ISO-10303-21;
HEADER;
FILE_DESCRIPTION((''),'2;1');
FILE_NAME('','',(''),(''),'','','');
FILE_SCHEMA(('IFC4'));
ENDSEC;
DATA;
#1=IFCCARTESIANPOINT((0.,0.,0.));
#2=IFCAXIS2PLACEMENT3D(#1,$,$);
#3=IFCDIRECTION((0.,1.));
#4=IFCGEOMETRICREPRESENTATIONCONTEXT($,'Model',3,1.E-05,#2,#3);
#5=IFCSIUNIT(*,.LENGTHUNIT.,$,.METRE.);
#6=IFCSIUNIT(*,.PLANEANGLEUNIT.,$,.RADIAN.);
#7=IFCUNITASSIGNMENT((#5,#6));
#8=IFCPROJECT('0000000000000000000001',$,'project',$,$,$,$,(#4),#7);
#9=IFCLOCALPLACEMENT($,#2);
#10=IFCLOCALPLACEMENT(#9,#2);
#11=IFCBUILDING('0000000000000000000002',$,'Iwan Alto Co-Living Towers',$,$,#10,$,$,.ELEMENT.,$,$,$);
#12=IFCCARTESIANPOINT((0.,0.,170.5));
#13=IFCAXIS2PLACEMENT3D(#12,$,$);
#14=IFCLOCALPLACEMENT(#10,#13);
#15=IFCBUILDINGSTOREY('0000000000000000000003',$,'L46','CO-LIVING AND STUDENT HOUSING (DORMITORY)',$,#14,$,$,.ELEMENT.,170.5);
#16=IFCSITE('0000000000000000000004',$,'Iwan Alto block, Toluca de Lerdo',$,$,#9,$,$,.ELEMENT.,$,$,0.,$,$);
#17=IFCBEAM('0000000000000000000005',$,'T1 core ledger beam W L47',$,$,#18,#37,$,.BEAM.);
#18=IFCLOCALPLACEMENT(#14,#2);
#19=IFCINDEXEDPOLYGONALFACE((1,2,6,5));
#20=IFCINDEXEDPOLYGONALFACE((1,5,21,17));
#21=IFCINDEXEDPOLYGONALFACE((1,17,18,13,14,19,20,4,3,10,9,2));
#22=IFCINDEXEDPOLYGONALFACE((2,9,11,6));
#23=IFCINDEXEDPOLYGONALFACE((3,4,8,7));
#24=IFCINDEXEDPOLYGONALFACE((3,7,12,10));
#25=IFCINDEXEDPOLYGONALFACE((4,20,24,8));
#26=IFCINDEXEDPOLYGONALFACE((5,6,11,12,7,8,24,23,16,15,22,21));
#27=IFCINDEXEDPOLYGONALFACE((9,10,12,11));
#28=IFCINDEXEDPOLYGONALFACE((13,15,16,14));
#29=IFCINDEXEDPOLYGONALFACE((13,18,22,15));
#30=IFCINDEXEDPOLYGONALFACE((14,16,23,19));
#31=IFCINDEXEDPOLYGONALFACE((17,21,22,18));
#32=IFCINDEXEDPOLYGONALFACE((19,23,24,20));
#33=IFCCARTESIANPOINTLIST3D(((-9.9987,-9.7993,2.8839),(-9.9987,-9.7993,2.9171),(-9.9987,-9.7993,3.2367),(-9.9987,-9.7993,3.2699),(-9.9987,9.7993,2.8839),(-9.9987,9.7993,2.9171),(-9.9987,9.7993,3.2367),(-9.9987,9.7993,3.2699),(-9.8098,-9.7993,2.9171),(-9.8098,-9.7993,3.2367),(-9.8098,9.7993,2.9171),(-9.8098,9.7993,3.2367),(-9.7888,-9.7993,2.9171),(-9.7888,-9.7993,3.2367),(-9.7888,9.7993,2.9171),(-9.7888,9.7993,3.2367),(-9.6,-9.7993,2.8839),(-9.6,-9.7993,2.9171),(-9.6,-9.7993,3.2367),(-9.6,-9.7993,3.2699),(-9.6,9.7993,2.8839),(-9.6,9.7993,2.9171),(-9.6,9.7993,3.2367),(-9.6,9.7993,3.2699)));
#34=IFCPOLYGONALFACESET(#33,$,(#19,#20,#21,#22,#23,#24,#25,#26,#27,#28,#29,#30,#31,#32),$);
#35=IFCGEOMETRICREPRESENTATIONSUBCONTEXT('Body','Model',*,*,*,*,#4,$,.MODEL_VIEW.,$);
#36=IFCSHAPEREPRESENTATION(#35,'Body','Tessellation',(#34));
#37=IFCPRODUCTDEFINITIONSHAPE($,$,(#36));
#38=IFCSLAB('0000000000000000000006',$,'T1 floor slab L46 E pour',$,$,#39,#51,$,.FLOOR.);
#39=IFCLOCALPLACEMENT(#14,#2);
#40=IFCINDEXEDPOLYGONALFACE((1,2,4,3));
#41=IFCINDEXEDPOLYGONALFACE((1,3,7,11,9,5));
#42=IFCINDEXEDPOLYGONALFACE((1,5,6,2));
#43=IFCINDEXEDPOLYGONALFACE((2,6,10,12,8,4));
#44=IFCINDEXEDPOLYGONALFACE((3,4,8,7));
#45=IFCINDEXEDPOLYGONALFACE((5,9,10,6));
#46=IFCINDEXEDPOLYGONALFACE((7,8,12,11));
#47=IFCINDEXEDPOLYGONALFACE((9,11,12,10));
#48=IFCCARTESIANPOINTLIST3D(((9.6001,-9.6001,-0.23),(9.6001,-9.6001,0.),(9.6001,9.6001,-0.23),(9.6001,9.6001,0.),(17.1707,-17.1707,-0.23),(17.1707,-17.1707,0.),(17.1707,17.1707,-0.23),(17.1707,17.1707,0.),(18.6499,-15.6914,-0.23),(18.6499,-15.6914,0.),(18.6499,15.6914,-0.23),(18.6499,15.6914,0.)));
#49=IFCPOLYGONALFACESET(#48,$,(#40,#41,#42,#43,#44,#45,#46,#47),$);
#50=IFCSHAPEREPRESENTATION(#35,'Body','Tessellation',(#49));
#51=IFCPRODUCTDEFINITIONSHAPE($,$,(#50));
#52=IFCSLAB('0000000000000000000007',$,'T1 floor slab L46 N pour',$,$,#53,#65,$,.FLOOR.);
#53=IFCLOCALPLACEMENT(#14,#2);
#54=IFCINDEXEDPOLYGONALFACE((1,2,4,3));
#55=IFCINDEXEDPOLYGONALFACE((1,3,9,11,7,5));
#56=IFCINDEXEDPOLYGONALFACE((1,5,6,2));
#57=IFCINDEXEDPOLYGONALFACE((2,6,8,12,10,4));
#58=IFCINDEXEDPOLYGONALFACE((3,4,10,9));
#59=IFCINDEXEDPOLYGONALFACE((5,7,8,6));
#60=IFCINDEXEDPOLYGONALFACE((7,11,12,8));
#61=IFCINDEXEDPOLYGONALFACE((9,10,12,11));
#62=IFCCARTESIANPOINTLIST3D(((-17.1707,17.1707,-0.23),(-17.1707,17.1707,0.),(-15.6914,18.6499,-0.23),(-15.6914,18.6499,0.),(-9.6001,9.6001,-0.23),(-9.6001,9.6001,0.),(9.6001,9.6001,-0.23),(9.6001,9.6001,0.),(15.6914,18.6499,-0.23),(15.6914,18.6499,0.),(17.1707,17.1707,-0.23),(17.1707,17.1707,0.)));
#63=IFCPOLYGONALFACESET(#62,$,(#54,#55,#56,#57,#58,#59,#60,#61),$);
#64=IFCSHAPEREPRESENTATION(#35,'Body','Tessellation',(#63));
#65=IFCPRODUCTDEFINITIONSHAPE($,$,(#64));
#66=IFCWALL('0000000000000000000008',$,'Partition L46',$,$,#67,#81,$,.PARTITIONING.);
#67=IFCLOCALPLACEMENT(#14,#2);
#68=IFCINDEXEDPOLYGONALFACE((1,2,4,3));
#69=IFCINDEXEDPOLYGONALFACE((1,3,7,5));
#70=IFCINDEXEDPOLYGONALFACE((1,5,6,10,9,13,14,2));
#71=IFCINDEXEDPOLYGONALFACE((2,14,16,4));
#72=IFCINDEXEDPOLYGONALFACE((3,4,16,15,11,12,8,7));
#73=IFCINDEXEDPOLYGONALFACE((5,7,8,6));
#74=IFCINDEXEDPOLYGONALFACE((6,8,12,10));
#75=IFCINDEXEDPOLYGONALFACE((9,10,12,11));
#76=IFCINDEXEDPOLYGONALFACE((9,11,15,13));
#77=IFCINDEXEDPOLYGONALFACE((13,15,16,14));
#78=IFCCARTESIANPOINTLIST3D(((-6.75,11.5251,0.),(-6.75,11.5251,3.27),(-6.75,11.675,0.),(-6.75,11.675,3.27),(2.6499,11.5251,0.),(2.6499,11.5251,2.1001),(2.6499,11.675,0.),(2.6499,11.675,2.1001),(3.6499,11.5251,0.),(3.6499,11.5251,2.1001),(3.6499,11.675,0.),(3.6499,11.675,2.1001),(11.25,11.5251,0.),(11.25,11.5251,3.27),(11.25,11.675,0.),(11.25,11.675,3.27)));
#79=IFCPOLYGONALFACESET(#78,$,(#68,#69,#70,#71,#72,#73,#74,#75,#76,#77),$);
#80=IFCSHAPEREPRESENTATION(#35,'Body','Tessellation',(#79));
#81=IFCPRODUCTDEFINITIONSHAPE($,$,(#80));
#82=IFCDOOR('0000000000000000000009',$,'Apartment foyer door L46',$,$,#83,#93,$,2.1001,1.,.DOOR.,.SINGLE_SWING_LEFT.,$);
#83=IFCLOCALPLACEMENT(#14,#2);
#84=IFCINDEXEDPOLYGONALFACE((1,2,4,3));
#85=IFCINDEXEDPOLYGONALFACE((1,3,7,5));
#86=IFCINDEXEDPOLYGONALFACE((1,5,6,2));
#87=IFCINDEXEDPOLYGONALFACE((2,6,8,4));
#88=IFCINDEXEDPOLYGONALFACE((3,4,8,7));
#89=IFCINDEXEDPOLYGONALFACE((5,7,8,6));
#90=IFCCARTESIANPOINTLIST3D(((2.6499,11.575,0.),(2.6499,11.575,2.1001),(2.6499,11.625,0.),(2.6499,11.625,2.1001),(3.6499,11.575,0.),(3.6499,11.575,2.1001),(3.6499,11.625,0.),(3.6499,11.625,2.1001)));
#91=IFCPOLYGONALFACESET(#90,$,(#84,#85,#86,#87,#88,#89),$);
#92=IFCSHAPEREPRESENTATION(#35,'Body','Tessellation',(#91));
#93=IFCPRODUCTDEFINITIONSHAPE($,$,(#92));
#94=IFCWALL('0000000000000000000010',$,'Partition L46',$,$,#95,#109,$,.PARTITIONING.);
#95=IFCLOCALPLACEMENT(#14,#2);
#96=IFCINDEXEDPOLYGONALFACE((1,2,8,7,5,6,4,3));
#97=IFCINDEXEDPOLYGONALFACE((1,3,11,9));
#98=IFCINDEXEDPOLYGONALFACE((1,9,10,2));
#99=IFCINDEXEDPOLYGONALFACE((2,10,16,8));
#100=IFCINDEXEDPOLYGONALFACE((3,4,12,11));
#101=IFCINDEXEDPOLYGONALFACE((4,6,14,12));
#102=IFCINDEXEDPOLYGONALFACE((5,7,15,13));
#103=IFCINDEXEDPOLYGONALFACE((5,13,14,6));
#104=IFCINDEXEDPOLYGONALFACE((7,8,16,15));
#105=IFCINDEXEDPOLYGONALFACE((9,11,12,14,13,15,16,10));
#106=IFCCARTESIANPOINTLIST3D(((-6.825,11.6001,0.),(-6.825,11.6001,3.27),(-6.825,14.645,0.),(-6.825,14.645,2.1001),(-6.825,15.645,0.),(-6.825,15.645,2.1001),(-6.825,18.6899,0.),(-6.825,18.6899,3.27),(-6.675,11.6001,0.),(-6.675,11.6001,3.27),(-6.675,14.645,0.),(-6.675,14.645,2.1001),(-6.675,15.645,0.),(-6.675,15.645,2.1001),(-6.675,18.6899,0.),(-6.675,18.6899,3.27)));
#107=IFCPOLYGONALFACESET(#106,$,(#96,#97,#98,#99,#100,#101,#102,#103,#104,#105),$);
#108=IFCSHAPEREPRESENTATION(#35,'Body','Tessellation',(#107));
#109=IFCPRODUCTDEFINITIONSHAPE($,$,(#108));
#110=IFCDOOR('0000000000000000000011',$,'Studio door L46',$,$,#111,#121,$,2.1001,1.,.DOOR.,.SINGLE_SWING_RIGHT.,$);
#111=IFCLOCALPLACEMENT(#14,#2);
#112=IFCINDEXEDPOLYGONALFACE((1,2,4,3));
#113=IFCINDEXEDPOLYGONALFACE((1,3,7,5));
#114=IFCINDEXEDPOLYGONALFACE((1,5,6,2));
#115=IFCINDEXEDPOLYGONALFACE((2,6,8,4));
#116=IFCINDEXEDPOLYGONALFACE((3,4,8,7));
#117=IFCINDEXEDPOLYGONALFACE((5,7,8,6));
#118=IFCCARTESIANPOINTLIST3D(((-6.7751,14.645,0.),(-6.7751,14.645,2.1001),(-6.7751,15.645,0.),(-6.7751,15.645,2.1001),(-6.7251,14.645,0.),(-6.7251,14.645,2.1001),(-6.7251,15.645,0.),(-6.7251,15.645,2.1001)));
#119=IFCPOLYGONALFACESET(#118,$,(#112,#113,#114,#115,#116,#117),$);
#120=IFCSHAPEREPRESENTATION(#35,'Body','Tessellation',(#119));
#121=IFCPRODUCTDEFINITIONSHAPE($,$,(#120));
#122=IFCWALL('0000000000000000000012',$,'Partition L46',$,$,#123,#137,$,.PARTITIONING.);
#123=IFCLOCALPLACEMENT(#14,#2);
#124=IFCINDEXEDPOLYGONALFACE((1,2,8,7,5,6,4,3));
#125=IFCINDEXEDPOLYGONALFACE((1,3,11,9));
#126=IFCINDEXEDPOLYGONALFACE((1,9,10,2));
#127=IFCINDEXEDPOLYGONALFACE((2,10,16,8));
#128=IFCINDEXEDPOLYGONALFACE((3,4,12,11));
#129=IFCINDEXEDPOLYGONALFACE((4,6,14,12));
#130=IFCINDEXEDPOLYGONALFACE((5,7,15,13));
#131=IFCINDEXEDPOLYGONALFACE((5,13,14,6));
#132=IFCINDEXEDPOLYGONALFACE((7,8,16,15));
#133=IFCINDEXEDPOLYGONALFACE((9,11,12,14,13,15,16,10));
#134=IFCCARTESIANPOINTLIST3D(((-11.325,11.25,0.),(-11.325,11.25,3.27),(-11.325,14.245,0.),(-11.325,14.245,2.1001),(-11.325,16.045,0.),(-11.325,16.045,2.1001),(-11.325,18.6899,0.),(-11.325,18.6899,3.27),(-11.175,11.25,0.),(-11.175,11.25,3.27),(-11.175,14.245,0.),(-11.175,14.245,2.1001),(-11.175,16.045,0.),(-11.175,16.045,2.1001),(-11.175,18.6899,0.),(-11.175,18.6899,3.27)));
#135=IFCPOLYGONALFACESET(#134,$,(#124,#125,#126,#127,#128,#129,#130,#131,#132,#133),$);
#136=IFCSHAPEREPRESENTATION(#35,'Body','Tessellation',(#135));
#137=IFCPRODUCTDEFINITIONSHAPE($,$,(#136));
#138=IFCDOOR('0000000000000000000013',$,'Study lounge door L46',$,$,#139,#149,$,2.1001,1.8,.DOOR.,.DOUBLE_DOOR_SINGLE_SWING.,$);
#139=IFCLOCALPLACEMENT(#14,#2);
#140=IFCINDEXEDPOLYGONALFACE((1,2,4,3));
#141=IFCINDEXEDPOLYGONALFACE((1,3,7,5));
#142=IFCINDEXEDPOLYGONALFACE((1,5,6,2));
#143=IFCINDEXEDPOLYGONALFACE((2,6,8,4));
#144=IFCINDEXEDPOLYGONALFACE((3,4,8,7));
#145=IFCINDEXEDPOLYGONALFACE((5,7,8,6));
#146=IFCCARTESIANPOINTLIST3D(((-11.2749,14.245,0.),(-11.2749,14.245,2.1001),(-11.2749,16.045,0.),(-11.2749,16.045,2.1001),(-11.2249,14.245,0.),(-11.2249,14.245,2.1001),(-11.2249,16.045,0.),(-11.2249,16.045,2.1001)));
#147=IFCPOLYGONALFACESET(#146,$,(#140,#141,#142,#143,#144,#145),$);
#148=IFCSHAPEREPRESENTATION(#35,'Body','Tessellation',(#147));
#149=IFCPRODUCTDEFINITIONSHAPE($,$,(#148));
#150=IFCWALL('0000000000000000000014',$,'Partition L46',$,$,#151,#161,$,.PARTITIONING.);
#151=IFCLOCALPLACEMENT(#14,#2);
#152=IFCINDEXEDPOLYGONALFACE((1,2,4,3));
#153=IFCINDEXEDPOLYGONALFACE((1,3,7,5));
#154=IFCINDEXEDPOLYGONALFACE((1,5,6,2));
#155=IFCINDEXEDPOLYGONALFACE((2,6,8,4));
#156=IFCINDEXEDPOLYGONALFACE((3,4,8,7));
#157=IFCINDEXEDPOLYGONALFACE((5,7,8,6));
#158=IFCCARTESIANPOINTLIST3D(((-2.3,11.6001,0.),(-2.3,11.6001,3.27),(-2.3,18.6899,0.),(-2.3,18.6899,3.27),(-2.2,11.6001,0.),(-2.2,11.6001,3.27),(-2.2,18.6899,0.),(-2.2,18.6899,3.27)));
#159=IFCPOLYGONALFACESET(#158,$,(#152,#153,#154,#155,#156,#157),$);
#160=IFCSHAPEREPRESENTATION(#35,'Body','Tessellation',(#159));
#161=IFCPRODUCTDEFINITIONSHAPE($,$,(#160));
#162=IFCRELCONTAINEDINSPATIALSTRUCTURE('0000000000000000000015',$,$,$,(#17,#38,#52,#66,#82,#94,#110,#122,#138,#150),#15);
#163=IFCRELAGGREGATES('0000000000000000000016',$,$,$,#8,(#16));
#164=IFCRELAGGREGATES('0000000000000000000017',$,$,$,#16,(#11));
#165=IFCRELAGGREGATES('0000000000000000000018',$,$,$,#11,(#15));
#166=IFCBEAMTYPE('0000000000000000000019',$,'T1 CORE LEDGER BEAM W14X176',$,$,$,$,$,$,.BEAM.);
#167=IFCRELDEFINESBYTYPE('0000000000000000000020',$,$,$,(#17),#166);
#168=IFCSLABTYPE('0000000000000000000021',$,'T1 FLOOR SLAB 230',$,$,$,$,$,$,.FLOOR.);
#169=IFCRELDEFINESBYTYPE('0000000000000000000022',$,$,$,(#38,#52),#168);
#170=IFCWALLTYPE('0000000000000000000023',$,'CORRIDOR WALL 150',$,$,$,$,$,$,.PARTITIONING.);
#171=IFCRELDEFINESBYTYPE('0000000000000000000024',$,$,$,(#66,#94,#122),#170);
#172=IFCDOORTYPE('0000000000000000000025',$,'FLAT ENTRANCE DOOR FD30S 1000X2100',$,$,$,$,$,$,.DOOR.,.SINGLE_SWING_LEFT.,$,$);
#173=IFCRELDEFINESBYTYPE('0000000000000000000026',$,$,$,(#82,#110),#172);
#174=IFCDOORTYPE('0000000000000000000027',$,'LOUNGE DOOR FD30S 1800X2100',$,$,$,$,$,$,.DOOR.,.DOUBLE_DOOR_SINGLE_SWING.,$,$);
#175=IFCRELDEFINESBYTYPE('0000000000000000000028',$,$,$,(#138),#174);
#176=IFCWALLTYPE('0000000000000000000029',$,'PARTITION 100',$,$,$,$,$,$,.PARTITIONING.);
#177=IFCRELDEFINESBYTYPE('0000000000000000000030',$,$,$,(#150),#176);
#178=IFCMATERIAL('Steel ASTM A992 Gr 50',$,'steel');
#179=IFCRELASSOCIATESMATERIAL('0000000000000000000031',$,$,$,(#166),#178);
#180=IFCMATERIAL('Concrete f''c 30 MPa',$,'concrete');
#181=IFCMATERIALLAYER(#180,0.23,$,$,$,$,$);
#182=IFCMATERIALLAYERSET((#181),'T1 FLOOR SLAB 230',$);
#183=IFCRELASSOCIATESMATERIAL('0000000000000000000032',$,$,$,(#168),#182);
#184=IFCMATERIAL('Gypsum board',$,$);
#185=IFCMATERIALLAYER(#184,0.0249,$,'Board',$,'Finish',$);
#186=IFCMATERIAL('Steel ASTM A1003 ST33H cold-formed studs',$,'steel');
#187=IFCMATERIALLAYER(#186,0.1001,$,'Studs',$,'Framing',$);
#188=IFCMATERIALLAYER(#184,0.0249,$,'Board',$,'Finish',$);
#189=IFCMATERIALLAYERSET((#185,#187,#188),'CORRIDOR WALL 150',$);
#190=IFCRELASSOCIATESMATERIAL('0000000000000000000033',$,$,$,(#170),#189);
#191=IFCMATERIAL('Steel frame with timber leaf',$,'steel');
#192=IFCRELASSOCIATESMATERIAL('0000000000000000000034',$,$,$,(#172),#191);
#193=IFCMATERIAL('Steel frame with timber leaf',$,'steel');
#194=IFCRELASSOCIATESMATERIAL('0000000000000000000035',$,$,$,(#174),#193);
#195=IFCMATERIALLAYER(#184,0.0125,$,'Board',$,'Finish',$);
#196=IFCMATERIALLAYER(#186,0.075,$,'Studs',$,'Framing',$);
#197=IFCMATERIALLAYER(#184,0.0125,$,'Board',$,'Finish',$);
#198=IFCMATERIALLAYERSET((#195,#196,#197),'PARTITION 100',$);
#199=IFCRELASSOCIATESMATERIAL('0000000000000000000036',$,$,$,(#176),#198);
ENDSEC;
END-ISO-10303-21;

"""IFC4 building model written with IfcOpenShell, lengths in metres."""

from ifc_helpers import new_model, si_unit, direction, frame, frame_2d, origin, origin_2d, place, context, subcontext, project, spatial, polyline, rectangle, i_section, outline, extrude, material, layer, layer_set, material_profile, profile_set, type_object, element, fill, save


model = new_model("IFC4")

# Units and contexts
model_context = context("Model", 3, precision=1e-05, world=origin(), true_north=direction((0.0, 1.0)))
body_context = subcontext(model_context, "Body", "Model", "MODEL_VIEW")
ifc_project = project(units=[si_unit("LENGTHUNIT", "METRE"), si_unit("PLANEANGLEUNIT", "RADIAN")], contexts=[model_context])

# Site, building, storey
site_placement = place(None, origin())
site = spatial("IfcSite", under=ifc_project, at=site_placement, Name="Iwan Alto block, Toluca de Lerdo", CompositionType="ELEMENT", RefElevation=0.0)
building_placement = place(site_placement, origin())
building = spatial("IfcBuilding", under=site, at=building_placement, Name="Iwan Alto Co-Living Towers", CompositionType="ELEMENT")
storey_placement = place(building_placement, frame((0.0, 0.0, 170.5)))
storey = spatial("IfcBuildingStorey", under=building, at=storey_placement, Name="L46", Description="CO-LIVING AND STUDENT HOUSING (DORMITORY)", CompositionType="ELEMENT", Elevation=170.5)

# Beam
ifc_material_1 = material(Name="Steel ASTM A992 Gr 50", Category="steel")
ifc_material_profile = material_profile(ifc_material_1, i_section(OverallWidth=0.3987, OverallDepth=0.386, WebThickness=0.021, FlangeThickness=0.0332, at=origin_2d()), Name="W14X176")
ifc_profile_set = profile_set([ifc_material_profile], Name="Steel ASTM A992 Gr 50")
beam_type = type_object("IfcBeamType", Name="T1 CORE LEDGER BEAM W14X176", PredefinedType="BEAM", material=ifc_profile_set)
beam_placement = place(storey_placement, frame((-9.7993, 9.7993, 3.0769), z_axis=(0.0, -1.0, 0.0), x_axis=(1.0, 0.0, 0.0)))
element("IfcBeam", 1, at=beam_placement, inside=storey, type_object=beam_type, Name="T1 core ledger beam W L47", PredefinedType="BEAM", context=body_context, shape_type="SweptSolid", body=[
    extrude(i_section(OverallWidth=0.3987, OverallDepth=0.386, WebThickness=0.021, FlangeThickness=0.0332, at=origin_2d()), origin(), (0.0, 0.0, 1.0), 19.5986),
])

# Slabs
ifc_material_2 = material(Name="Concrete f'c 30 MPa", Category="concrete")
ifc_layer_1 = layer(ifc_material_2, 0.23)
ifc_layer_set_1 = layer_set([ifc_layer_1], Name="T1 FLOOR SLAB 230")
slab_type = type_object("IfcSlabType", Name="T1 FLOOR SLAB 230", PredefinedType="FLOOR", material=ifc_layer_set_1)
slab_1_placement = place(storey_placement, frame((0.0, 0.0, -0.23)))
element("IfcSlab", 2, at=slab_1_placement, inside=storey, type_object=slab_type, Name="T1 floor slab L46 E pour", PredefinedType="FLOOR", context=body_context, shape_type="SweptSolid", body=[
    extrude(outline(polyline([(18.6499, 15.6914), (18.6499, -15.6914), (17.1707, -17.1707), (9.6001, -9.6001), (9.6001, 9.6001), (17.1707, 17.1707), (18.6499, 15.6914)])), origin(), (0.0, 0.0, 1.0), 0.23),
])
slab_2_placement = place(storey_placement, frame((0.0, 0.0, -0.23)))
element("IfcSlab", 3, at=slab_2_placement, inside=storey, type_object=slab_type, Name="T1 floor slab L46 N pour", PredefinedType="FLOOR", context=body_context, shape_type="SweptSolid", body=[
    extrude(outline(polyline([(-15.6914, 18.6499), (15.6914, 18.6499), (17.1707, 17.1707), (9.6001, 9.6001), (-9.6001, 9.6001), (-17.1707, 17.1707), (-15.6914, 18.6499)])), origin(), (0.0, 0.0, 1.0), 0.23),
])

# Walls, openings, doors
ifc_material_3 = material(Name="Gypsum board")
ifc_layer_2 = layer(ifc_material_3, 0.0249, Name="Board", Category="Finish")
ifc_material_4 = material(Name="Steel ASTM A1003 ST33H cold-formed studs", Category="steel")
ifc_layer_3 = layer(ifc_material_4, 0.1001, Name="Studs", Category="Framing")
ifc_layer_4 = layer(ifc_material_3, 0.0249, Name="Board", Category="Finish")
ifc_layer_set_2 = layer_set([ifc_layer_2, ifc_layer_3, ifc_layer_4], Name="CORRIDOR WALL 150")
wall_type_1 = type_object("IfcWallType", Name="CORRIDOR WALL 150", PredefinedType="PARTITIONING", material=ifc_layer_set_2)
wall_1_placement = place(storey_placement, frame((-6.75, 11.6001, 0.0), z_axis=(0.0, 0.0, 1.0), x_axis=(1.0, 0.0, 0.0)))
wall_1 = element("IfcWall", 4, at=wall_1_placement, inside=storey, type_object=wall_type_1, Name="Partition L46", PredefinedType="PARTITIONING", context=body_context, shape_type="SweptSolid", body=[
    extrude(rectangle(XDim=18.0, YDim=0.1499, at=frame_2d((9.0, 0.0))), origin(), (0.0, 0.0, 1.0), 3.27),
])
opening_1_placement = place(wall_1_placement, frame((9.3999, 0.0, 0.0)))
opening_1 = element("IfcOpeningElement", 5, at=opening_1_placement, cuts=wall_1, PredefinedType="OPENING", context=body_context, shape_type="SweptSolid", body=[
    extrude(rectangle(XDim=1.0, YDim=2.1001, at=frame_2d((0.5, 1.05))), frame((0.0, 0.085, 0.0), z_axis=(0.0, -1.0, 0.0), x_axis=(1.0, 0.0, 0.0)), (0.0, 0.0, 1.0), 0.1699),
])
ifc_material_5 = material(Name="Steel frame with timber leaf", Category="steel")
door_type_1 = type_object("IfcDoorType", Name="FLAT ENTRANCE DOOR FD30S 1000X2100", OperationType="SINGLE_SWING_LEFT", PredefinedType="DOOR", material=ifc_material_5)
door_1_placement = place(opening_1_placement, origin())
door_1 = element("IfcDoor", 6, at=door_1_placement, inside=storey, type_object=door_type_1, Name="Apartment foyer door L46", OperationType="SINGLE_SWING_LEFT", OverallHeight=2.1001, OverallWidth=1.0, PredefinedType="DOOR", context=body_context, shape_type="SweptSolid", body=[
    extrude(rectangle(XDim=1.0, YDim=2.1001, at=frame_2d((0.5, 1.05))), frame((0.0, 0.0249, 0.0), z_axis=(0.0, -1.0, 0.0), x_axis=(1.0, 0.0, 0.0)), (0.0, 0.0, 1.0), 0.05),
])
fill(opening_1, door_1)
wall_2_placement = place(storey_placement, frame((-6.75, 11.6001, 0.0), z_axis=(0.0, 0.0, 1.0), x_axis=(0.0, 1.0, 0.0)))
wall_2 = element("IfcWall", 7, at=wall_2_placement, inside=storey, type_object=wall_type_1, Name="Partition L46", PredefinedType="PARTITIONING", context=body_context, shape_type="SweptSolid", body=[
    extrude(rectangle(XDim=7.0898, YDim=0.1499, at=frame_2d((3.5449, 0.0))), origin(), (0.0, 0.0, 1.0), 3.27),
])
opening_2_placement = place(wall_2_placement, frame((3.0449, 0.0, 0.0)))
opening_2 = element("IfcOpeningElement", 8, at=opening_2_placement, cuts=wall_2, PredefinedType="OPENING", context=body_context, shape_type="SweptSolid", body=[
    extrude(rectangle(XDim=1.0, YDim=2.1001, at=frame_2d((0.5, 1.05))), frame((0.0, 0.085, 0.0), z_axis=(0.0, -1.0, 0.0), x_axis=(1.0, 0.0, 0.0)), (0.0, 0.0, 1.0), 0.1699),
])
door_2_placement = place(opening_2_placement, frame((1.0, 0.0, 0.0), z_axis=(0.0, 0.0, 1.0), x_axis=(-1.0, 0.0, 0.0)))
door_2 = element("IfcDoor", 9, at=door_2_placement, inside=storey, type_object=door_type_1, Name="Studio door L46", OperationType="SINGLE_SWING_RIGHT", OverallHeight=2.1001, OverallWidth=1.0, PredefinedType="DOOR", context=body_context, shape_type="SweptSolid", body=[
    extrude(rectangle(XDim=1.0, YDim=2.1001, at=frame_2d((0.5, 1.05))), frame((0.0, 0.0249, 0.0), z_axis=(0.0, -1.0, 0.0), x_axis=(1.0, 0.0, 0.0)), (0.0, 0.0, 1.0), 0.05),
])
fill(opening_2, door_2)
wall_3_placement = place(storey_placement, frame((-11.25, 11.25, 0.0), z_axis=(0.0, 0.0, 1.0), x_axis=(0.0, 1.0, 0.0)))
wall_3 = element("IfcWall", 10, at=wall_3_placement, inside=storey, type_object=wall_type_1, Name="Partition L46", PredefinedType="PARTITIONING", context=body_context, shape_type="SweptSolid", body=[
    extrude(rectangle(XDim=7.4399, YDim=0.1499, at=frame_2d((3.72, 0.0))), origin(), (0.0, 0.0, 1.0), 3.27),
])
opening_3_placement = place(wall_3_placement, frame((2.9951, 0.0, 0.0)))
opening_3 = element("IfcOpeningElement", 11, at=opening_3_placement, cuts=wall_3, PredefinedType="OPENING", context=body_context, shape_type="SweptSolid", body=[
    extrude(rectangle(XDim=1.8, YDim=2.1001, at=frame_2d((0.8999, 1.05))), frame((0.0, 0.085, 0.0), z_axis=(0.0, -1.0, 0.0), x_axis=(1.0, 0.0, 0.0)), (0.0, 0.0, 1.0), 0.1699),
])
ifc_material_6 = material(Name="Steel frame with timber leaf", Category="steel")
door_type_2 = type_object("IfcDoorType", Name="LOUNGE DOOR FD30S 1800X2100", OperationType="DOUBLE_DOOR_SINGLE_SWING", PredefinedType="DOOR", material=ifc_material_6)
door_3_placement = place(opening_3_placement, origin())
door_3 = element("IfcDoor", 12, at=door_3_placement, inside=storey, type_object=door_type_2, Name="Study lounge door L46", OperationType="DOUBLE_DOOR_SINGLE_SWING", OverallHeight=2.1001, OverallWidth=1.8, PredefinedType="DOOR", context=body_context, shape_type="SweptSolid", body=[
    extrude(rectangle(XDim=1.8, YDim=2.1001, at=frame_2d((0.8999, 1.05))), frame((0.0, 0.0249, 0.0), z_axis=(0.0, -1.0, 0.0), x_axis=(1.0, 0.0, 0.0)), (0.0, 0.0, 1.0), 0.05),
])
fill(opening_3, door_3)

# Wall
ifc_layer_5 = layer(ifc_material_3, 0.0125, Name="Board", Category="Finish")
ifc_layer_6 = layer(ifc_material_4, 0.075, Name="Studs", Category="Framing")
ifc_layer_7 = layer(ifc_material_3, 0.0125, Name="Board", Category="Finish")
ifc_layer_set_3 = layer_set([ifc_layer_5, ifc_layer_6, ifc_layer_7], Name="PARTITION 100")
wall_type_2 = type_object("IfcWallType", Name="PARTITION 100", PredefinedType="PARTITIONING", material=ifc_layer_set_3)
wall_4_placement = place(storey_placement, frame((-2.25, 11.6001, 0.0), z_axis=(0.0, 0.0, 1.0), x_axis=(0.0, 1.0, 0.0)))
element("IfcWall", 13, at=wall_4_placement, inside=storey, type_object=wall_type_2, Name="Partition L46", PredefinedType="PARTITIONING", context=body_context, shape_type="SweptSolid", body=[
    extrude(rectangle(XDim=7.0898, YDim=0.1001, at=frame_2d((3.5449, 0.0))), origin(), (0.0, 0.0, 1.0), 3.27),
])

save(model, "model.ifc")
